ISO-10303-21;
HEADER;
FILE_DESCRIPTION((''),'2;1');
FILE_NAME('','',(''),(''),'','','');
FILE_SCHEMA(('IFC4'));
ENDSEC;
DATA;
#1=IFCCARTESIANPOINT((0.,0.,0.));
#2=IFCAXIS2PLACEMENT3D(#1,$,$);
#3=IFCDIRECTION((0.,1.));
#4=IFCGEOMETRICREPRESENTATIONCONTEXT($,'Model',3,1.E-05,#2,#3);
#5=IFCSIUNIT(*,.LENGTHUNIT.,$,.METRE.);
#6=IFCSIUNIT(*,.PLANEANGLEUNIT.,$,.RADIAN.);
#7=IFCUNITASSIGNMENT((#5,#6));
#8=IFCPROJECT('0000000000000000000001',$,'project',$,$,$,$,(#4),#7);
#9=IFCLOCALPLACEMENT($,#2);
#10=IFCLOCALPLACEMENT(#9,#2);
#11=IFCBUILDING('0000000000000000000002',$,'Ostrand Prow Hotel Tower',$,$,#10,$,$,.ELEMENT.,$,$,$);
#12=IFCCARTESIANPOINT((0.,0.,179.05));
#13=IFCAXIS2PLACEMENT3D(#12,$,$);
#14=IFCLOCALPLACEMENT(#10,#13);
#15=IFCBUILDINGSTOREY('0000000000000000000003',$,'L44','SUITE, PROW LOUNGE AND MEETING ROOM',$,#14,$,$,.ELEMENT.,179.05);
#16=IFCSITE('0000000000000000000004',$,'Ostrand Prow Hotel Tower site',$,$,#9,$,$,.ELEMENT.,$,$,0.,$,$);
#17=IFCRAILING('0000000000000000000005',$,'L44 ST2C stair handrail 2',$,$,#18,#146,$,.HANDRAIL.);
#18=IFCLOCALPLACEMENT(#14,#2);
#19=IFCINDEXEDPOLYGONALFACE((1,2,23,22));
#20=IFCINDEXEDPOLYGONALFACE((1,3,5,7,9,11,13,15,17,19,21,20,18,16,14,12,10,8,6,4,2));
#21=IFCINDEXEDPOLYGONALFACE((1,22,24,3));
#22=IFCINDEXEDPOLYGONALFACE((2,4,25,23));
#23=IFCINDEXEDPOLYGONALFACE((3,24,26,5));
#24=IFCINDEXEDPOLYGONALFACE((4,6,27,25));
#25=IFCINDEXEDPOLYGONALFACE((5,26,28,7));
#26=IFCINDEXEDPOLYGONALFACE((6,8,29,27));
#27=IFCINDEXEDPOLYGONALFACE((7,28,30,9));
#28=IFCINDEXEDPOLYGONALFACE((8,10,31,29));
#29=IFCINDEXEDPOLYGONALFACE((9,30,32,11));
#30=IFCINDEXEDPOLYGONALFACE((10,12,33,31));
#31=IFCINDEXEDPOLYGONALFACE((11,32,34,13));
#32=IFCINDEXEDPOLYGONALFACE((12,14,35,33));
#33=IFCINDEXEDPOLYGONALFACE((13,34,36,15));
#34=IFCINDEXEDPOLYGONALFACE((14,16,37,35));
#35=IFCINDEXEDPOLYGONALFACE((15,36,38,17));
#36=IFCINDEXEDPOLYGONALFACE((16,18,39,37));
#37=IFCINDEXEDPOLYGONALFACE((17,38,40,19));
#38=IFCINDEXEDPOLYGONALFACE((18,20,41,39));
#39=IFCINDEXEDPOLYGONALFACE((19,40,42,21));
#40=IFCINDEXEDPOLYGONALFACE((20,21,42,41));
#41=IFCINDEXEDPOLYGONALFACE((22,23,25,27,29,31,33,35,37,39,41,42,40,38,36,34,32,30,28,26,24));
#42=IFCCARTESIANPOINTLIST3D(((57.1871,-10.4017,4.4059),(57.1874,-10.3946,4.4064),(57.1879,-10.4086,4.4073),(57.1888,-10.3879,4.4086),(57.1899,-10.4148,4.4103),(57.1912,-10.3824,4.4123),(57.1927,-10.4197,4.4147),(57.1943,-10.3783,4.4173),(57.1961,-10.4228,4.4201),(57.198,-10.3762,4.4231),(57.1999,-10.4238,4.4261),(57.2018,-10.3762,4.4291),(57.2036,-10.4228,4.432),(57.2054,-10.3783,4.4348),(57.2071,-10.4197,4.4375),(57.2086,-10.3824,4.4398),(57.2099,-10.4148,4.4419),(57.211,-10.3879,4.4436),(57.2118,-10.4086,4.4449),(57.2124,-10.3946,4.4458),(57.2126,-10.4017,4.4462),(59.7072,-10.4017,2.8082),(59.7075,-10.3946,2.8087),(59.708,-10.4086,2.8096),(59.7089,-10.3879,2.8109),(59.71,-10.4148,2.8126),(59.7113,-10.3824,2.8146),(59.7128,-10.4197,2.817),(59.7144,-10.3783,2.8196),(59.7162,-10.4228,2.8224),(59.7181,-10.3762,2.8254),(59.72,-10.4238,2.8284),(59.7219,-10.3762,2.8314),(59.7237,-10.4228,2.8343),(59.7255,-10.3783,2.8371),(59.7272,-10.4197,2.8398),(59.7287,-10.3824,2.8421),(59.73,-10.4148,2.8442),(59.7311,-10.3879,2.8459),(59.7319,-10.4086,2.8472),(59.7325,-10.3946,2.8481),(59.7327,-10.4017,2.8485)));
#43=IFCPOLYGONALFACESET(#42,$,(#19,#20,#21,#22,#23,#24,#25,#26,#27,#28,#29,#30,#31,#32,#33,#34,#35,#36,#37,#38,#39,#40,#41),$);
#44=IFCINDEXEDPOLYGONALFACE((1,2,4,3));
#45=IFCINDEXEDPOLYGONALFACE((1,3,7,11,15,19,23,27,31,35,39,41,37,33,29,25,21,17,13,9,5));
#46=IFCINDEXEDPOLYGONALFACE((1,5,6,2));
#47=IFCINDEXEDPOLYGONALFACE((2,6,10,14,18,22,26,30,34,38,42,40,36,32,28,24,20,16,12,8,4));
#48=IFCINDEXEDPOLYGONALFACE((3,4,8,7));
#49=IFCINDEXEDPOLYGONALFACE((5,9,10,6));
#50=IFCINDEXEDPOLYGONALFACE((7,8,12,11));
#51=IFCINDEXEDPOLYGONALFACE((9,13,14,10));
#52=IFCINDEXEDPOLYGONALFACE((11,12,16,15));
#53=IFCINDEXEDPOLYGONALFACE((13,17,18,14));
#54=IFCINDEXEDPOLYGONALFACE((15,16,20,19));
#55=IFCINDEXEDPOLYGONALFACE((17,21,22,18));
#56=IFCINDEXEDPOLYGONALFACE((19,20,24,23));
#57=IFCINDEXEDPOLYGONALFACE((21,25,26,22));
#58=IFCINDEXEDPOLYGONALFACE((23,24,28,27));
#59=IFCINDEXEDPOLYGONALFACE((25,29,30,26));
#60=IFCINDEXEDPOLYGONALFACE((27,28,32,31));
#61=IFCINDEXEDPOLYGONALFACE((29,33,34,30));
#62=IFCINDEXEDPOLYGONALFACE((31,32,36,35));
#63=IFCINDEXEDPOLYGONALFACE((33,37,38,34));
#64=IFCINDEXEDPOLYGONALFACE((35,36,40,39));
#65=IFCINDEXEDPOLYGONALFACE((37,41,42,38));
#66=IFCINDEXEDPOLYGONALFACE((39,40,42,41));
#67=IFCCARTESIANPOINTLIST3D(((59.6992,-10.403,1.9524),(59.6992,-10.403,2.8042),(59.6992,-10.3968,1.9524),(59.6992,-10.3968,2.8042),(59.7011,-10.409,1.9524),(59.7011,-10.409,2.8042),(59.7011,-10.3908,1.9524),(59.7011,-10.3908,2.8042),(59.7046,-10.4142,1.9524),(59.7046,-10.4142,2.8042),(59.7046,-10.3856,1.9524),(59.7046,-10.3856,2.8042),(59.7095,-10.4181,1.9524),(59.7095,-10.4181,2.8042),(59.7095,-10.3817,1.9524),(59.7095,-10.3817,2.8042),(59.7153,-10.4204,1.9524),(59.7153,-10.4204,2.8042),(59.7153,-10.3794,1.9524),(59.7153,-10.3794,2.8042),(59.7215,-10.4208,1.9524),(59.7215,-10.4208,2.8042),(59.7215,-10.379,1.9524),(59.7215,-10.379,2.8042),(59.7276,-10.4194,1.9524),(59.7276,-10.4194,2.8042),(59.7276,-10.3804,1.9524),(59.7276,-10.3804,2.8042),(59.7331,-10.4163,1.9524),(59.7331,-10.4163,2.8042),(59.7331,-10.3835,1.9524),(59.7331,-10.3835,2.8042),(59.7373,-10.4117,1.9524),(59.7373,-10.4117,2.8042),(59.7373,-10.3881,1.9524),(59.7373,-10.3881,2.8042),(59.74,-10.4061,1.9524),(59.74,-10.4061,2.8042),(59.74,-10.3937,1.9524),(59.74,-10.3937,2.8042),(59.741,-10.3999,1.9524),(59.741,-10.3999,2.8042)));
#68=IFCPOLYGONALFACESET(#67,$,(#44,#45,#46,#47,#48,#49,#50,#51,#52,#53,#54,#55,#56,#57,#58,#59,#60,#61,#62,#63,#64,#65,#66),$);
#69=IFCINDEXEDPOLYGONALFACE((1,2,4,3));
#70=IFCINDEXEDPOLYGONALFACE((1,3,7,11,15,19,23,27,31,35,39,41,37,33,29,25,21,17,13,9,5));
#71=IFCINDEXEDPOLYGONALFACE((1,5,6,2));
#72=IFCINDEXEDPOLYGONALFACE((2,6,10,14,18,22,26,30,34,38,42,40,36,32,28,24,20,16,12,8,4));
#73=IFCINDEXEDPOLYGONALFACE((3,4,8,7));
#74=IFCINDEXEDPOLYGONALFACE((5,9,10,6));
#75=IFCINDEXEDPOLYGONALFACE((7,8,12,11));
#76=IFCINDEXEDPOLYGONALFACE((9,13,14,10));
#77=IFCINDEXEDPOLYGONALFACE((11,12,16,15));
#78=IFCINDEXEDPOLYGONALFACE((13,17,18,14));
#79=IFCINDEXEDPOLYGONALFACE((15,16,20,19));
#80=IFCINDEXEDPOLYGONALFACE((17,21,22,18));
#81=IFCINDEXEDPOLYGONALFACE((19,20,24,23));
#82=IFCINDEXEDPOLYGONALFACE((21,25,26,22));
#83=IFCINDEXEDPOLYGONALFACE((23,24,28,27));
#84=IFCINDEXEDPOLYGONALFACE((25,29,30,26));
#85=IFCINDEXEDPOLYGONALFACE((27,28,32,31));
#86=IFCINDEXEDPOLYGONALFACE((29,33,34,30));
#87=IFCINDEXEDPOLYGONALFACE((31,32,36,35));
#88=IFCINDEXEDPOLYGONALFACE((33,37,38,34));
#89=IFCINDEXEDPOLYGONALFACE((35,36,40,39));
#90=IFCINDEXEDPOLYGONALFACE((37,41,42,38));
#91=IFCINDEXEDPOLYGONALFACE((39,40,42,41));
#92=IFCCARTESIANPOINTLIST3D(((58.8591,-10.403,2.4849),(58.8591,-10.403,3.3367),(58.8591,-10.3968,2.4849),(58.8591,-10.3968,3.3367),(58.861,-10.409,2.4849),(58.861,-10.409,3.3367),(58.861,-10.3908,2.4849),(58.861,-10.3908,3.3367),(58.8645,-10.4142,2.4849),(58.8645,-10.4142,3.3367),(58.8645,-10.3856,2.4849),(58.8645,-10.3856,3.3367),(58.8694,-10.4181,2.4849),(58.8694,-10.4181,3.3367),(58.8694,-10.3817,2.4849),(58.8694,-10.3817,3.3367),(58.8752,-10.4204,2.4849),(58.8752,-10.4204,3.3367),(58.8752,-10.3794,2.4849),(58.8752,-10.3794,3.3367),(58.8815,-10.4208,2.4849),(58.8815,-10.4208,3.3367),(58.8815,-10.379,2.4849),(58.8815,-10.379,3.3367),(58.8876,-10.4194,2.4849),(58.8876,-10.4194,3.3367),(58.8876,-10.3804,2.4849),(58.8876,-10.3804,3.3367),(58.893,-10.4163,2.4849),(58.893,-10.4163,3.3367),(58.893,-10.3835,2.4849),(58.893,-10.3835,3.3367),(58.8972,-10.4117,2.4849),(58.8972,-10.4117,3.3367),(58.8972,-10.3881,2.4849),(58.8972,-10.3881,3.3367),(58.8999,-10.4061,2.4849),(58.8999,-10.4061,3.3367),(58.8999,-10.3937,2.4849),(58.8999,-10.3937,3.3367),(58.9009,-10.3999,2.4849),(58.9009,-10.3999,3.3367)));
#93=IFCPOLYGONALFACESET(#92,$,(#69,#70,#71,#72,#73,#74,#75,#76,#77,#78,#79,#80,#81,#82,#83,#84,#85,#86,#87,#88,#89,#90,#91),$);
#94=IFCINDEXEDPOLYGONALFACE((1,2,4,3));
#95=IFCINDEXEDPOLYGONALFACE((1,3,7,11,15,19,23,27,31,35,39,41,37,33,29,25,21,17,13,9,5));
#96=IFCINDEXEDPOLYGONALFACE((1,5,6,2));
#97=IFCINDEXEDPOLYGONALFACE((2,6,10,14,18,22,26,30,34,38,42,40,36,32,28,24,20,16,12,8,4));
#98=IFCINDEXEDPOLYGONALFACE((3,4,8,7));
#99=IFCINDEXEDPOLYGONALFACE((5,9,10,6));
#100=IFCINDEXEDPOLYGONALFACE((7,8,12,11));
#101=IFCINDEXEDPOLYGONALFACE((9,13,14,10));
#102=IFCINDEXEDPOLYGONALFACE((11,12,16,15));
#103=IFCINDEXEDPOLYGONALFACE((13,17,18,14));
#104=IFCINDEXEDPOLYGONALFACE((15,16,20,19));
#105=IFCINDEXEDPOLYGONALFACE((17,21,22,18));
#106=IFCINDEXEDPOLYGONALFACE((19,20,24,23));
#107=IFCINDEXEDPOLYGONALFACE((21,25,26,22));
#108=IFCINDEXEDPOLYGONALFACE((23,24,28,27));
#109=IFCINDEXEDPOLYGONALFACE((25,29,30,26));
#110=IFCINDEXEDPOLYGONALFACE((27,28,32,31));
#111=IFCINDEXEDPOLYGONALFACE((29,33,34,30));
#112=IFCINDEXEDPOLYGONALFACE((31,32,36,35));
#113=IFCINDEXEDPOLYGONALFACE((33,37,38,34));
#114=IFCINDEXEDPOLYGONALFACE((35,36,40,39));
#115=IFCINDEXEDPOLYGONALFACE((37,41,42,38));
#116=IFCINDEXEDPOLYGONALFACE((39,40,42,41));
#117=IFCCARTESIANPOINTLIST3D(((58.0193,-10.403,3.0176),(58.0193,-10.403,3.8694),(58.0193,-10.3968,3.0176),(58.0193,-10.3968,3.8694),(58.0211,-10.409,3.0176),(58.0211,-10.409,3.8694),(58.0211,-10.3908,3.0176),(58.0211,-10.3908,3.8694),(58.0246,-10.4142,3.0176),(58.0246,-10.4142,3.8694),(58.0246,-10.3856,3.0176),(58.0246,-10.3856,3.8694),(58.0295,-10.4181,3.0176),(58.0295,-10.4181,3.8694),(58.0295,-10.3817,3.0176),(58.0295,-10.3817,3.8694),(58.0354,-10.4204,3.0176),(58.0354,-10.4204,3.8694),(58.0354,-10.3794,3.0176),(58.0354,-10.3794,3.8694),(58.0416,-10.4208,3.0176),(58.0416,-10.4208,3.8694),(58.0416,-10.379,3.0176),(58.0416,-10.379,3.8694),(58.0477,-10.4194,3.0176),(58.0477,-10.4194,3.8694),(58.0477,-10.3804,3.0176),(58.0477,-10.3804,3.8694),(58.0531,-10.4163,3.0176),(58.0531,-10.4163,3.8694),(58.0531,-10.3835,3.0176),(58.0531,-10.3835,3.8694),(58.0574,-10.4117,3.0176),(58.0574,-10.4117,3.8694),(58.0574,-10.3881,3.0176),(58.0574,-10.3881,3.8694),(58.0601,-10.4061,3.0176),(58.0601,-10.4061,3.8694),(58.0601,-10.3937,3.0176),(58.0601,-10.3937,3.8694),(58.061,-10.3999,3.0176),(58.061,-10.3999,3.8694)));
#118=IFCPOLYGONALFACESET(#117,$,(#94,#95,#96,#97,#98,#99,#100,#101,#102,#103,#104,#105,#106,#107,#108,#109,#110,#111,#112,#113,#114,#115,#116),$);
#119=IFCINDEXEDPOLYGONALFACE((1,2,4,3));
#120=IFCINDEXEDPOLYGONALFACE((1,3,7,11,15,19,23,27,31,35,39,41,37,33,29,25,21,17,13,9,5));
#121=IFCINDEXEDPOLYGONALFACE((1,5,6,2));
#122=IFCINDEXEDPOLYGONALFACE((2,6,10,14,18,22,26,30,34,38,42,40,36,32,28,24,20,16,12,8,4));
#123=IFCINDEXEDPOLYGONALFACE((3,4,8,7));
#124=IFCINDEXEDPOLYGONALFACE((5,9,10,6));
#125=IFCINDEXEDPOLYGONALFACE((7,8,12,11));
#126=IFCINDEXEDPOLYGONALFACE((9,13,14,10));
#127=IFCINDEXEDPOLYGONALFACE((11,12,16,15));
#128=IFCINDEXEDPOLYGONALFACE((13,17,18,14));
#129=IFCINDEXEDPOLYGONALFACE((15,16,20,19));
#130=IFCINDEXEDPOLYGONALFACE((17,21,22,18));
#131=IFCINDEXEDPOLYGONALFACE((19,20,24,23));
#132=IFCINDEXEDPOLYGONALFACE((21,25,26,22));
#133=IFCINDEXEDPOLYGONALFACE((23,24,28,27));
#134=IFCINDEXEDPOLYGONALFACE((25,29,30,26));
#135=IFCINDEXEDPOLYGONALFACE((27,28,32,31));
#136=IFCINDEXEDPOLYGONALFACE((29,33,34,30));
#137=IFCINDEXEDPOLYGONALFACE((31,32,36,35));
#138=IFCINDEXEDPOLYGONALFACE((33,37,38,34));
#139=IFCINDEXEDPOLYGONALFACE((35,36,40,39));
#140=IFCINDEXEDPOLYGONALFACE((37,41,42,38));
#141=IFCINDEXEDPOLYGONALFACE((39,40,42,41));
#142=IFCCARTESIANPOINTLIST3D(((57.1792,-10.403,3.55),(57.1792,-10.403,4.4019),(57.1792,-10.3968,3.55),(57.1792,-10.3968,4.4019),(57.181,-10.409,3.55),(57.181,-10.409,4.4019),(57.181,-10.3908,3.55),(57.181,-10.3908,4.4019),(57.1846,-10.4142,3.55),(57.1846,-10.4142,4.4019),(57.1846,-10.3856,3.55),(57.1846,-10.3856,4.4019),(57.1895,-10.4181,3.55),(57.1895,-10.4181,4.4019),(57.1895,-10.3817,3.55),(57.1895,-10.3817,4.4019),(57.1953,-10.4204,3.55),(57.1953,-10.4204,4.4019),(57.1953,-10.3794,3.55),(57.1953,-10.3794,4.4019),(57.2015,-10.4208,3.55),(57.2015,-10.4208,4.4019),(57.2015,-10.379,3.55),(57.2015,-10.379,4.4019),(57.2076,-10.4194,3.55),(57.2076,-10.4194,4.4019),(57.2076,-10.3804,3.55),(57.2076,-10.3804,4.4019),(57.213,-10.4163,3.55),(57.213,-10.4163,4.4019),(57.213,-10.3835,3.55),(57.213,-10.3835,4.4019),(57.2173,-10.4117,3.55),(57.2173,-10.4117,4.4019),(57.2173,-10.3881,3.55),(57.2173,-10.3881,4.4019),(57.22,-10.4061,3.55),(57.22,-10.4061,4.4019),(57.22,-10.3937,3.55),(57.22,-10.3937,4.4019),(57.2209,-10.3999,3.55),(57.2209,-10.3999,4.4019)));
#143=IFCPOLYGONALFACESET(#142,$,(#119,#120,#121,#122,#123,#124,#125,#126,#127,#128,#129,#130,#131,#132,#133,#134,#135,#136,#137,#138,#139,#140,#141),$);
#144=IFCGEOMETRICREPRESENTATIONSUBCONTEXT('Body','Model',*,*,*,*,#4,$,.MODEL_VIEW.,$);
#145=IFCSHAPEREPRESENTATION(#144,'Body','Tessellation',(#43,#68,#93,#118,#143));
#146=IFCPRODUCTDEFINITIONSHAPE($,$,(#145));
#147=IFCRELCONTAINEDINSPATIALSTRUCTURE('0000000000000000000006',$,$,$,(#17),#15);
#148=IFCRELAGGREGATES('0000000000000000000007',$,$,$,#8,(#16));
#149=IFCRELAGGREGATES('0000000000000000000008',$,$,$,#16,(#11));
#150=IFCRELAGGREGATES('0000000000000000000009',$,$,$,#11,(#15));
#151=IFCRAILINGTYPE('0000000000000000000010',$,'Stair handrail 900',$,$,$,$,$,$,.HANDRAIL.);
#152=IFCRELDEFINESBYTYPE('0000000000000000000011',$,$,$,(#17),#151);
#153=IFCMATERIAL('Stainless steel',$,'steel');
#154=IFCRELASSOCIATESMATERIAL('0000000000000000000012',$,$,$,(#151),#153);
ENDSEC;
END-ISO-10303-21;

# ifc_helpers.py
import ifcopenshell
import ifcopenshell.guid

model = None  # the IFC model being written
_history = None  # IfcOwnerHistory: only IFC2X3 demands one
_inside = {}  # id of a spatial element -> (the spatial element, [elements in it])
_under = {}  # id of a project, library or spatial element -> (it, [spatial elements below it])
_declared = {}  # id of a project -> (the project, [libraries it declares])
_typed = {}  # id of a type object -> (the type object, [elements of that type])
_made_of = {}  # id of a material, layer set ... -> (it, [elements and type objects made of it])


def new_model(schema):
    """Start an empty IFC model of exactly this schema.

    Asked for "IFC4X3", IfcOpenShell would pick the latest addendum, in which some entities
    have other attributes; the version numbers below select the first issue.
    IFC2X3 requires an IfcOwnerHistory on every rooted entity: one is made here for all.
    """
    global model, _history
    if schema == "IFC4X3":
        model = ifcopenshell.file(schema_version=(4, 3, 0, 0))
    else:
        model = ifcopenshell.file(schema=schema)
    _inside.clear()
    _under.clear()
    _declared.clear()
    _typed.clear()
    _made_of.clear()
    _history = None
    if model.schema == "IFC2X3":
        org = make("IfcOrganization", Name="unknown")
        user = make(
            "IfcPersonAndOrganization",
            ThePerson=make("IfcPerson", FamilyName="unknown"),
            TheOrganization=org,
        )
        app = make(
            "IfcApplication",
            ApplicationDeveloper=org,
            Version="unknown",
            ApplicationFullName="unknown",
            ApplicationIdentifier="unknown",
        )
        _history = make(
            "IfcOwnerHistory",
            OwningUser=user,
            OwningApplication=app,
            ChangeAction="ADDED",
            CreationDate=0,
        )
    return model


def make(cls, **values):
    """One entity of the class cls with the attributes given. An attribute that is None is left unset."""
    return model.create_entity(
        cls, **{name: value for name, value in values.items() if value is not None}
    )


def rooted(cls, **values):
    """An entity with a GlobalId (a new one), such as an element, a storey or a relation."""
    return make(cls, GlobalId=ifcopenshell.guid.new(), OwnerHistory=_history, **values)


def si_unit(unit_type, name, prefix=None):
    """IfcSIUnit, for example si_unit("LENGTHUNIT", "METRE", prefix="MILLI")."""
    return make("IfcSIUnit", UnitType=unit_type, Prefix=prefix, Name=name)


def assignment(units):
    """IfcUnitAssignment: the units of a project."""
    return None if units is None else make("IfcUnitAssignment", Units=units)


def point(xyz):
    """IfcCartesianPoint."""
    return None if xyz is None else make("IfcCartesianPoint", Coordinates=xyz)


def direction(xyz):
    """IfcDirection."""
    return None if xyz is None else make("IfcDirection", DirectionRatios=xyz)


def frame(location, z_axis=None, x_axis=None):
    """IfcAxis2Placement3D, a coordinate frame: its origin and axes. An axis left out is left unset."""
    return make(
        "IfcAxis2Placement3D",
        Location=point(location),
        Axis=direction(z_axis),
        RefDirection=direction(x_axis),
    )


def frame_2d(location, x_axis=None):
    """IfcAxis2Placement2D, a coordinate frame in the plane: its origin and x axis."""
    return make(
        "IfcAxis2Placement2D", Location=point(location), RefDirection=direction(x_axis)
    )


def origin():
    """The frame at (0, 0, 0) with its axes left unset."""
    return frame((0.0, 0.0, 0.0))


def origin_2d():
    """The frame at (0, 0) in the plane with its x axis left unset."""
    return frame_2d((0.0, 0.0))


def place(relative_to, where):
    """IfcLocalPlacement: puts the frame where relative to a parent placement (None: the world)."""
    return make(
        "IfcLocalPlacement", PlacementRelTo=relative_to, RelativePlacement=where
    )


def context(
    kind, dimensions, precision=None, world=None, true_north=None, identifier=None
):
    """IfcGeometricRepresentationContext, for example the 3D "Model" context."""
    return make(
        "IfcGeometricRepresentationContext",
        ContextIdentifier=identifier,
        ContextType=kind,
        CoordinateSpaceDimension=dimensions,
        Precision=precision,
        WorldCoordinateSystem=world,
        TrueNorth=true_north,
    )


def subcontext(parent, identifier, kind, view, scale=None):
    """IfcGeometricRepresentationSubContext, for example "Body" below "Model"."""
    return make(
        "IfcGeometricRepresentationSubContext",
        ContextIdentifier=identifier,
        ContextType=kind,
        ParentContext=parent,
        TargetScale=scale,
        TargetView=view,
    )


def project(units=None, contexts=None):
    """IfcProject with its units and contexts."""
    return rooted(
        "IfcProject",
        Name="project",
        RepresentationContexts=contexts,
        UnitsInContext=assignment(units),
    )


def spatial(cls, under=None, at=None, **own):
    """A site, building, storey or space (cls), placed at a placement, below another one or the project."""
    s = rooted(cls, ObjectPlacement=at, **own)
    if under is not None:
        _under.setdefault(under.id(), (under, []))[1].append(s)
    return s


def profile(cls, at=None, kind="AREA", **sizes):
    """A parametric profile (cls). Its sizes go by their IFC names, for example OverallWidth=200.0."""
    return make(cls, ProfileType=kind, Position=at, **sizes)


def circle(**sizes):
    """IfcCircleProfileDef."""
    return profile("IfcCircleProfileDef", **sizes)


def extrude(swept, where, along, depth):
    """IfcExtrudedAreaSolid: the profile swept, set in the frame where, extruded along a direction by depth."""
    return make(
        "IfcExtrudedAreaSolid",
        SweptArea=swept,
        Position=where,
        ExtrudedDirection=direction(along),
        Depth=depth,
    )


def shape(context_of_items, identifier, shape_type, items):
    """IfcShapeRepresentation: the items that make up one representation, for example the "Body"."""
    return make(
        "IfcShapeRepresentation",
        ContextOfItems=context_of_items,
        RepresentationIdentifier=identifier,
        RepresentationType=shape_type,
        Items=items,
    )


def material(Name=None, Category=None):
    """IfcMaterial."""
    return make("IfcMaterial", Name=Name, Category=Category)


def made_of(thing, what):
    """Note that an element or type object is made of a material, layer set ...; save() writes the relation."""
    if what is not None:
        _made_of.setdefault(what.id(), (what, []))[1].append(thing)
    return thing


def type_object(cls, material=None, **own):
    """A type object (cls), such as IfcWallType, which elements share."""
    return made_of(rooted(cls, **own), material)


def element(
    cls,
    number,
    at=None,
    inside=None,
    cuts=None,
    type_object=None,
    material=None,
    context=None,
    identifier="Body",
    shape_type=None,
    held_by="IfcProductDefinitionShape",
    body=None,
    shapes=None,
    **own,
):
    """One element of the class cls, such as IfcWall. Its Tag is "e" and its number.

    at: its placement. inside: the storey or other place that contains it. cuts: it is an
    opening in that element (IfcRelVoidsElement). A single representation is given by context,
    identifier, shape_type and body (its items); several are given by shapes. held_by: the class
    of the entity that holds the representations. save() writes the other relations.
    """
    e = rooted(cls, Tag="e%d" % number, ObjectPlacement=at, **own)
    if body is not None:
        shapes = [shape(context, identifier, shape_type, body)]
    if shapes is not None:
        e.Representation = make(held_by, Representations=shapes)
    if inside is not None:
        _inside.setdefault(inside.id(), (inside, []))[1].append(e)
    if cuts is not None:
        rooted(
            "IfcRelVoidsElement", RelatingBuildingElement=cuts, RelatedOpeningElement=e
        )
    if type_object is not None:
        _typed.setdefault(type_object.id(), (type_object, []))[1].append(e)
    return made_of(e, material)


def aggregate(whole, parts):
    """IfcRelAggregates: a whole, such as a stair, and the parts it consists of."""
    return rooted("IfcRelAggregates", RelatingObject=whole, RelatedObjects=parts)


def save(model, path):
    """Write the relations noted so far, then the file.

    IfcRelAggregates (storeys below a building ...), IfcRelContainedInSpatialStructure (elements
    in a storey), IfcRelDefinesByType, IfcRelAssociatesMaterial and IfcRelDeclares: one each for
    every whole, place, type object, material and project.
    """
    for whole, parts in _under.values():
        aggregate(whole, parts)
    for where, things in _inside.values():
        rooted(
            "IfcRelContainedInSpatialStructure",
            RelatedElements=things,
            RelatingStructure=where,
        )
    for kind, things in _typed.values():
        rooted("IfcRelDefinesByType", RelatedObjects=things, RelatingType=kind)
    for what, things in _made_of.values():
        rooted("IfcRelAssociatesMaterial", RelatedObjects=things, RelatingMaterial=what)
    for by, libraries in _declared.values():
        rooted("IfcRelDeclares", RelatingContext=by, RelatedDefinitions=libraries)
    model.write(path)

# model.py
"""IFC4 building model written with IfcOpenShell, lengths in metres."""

from ifc_helpers import new_model, si_unit, direction, frame, origin, origin_2d, place, context, subcontext, project, spatial, circle, extrude, material, type_object, element, save


model = new_model("IFC4")

# Units and contexts
model_context = context("Model", 3, precision=1e-05, world=origin(), true_north=direction((0.0, 1.0)))
body_context = subcontext(model_context, "Body", "Model", "MODEL_VIEW")
ifc_project = project(units=[si_unit("LENGTHUNIT", "METRE"), si_unit("PLANEANGLEUNIT", "RADIAN")], contexts=[model_context])

# Site, building, storey
site_placement = place(None, origin())
site = spatial("IfcSite", under=ifc_project, at=site_placement, Name="Ostrand Prow Hotel Tower site", CompositionType="ELEMENT", RefElevation=0.0)
building_placement = place(site_placement, origin())
building = spatial("IfcBuilding", under=site, at=building_placement, Name="Ostrand Prow Hotel Tower", CompositionType="ELEMENT")
storey_placement = place(building_placement, frame((0.0, 0.0, 179.05)))
storey = spatial("IfcBuildingStorey", under=building, at=storey_placement, Name="L44", Description="SUITE, PROW LOUNGE AND MEETING ROOM", CompositionType="ELEMENT", Elevation=179.05)

# Railing
ifc_material_1 = material(Name="Stainless steel", Category="steel")
railing_type_1 = type_object("IfcRailingType", Name="Stair handrail 900", PredefinedType="HANDRAIL", material=ifc_material_1)
railing_1_placement = place(storey_placement, frame((59.72, -10.3999, 1.9524)))
element("IfcRailing", 1, at=railing_1_placement, inside=storey, type_object=railing_type_1, Name="L44 ST2C stair handrail 2", PredefinedType="HANDRAIL", context=body_context, shape_type="SweptSolid", body=[
    extrude(circle(Radius=0.0239, at=origin_2d()), frame((0.0, 0.0, 0.876), z_axis=(-0.84457, 0.0, 0.535445), x_axis=(0.0, -1.0, 0.0)), (0.0, 0.0, 1.0), 2.9839),
    extrude(circle(Radius=0.021, at=origin_2d()), origin(), (0.0, 0.0, 1.0), 0.8518),
    extrude(circle(Radius=0.021, at=origin_2d()), frame((-0.8401, 0.0, 0.5325)), (0.0, 0.0, 1.0), 0.8518),
    extrude(circle(Radius=0.021, at=origin_2d()), frame((-1.6799, 0.0, 1.0652)), (0.0, 0.0, 1.0), 0.8518),
    extrude(circle(Radius=0.021, at=origin_2d()), frame((-2.52, 0.0, 1.5977)), (0.0, 0.0, 1.0), 0.8518),
])

save(model, "model.ifc")
